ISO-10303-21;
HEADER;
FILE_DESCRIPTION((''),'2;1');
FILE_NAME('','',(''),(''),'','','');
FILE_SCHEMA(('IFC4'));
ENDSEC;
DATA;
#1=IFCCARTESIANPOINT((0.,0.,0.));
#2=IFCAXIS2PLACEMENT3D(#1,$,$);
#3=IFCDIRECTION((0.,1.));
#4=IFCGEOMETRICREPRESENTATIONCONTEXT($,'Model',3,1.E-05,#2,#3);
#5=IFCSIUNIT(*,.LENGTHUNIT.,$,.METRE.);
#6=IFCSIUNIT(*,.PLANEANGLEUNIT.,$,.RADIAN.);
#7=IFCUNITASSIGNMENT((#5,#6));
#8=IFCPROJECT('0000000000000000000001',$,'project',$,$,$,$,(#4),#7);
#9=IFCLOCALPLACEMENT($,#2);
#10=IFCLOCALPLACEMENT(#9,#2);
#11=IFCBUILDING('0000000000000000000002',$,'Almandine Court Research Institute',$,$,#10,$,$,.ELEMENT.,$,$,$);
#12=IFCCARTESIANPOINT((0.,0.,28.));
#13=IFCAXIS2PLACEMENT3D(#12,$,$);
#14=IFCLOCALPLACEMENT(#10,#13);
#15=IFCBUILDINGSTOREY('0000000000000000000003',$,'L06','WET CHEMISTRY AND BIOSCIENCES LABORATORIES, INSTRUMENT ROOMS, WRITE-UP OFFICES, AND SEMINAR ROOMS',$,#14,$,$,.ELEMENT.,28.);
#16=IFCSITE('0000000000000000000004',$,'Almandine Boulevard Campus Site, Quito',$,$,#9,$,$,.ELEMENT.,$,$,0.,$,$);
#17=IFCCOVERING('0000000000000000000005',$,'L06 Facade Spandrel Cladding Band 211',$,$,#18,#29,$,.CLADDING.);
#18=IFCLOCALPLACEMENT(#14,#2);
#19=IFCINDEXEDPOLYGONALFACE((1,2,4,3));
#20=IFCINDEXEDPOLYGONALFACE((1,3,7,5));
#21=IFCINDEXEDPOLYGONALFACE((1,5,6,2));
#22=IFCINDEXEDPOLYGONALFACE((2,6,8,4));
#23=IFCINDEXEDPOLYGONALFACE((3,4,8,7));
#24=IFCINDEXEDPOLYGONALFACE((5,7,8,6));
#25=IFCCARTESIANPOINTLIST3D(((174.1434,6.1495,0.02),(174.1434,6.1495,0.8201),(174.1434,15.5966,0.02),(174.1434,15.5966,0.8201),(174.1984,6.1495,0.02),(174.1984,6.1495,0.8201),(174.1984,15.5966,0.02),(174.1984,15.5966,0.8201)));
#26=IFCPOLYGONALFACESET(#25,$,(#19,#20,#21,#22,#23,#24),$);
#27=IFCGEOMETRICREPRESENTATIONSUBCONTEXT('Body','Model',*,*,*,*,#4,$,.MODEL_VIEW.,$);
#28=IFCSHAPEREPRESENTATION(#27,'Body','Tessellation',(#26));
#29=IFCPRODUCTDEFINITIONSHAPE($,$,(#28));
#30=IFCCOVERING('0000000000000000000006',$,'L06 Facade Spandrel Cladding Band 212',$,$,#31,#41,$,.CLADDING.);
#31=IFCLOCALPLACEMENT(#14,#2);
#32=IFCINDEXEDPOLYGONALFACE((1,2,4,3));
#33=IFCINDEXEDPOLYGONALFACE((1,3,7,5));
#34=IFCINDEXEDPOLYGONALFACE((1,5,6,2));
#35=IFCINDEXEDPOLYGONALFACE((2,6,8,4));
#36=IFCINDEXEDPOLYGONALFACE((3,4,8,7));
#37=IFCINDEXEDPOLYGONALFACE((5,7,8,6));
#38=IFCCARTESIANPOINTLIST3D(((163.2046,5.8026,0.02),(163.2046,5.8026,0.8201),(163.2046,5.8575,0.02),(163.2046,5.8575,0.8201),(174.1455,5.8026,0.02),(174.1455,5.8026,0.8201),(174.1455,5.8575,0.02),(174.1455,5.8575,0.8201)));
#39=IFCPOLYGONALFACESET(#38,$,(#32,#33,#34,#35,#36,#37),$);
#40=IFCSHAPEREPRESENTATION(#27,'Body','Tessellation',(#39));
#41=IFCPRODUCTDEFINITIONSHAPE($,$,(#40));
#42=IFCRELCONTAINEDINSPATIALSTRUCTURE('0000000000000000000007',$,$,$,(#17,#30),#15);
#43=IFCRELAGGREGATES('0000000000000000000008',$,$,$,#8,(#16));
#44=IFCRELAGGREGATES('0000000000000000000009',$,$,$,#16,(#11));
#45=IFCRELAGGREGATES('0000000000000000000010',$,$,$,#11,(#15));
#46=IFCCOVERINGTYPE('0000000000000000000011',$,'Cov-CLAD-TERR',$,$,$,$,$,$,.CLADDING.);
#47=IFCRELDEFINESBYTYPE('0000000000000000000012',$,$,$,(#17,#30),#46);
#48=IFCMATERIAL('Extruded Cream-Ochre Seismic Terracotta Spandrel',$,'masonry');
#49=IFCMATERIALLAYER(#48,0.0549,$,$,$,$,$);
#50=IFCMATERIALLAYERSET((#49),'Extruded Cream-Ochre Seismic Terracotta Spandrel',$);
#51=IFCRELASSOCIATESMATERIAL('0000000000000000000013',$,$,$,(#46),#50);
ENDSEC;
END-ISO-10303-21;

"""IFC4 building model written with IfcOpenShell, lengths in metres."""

from ifc_helpers import new_model, si_unit, direction, frame, origin, origin_2d, place, context, subcontext, project, spatial, rectangle, extrude, material, layer, layer_set, type_object, element, save


model = new_model("IFC4")

# Units and contexts
model_context = context("Model", 3, precision=1e-05, world=origin(), true_north=direction((0.0, 1.0)))
body_context = subcontext(model_context, "Body", "Model", "MODEL_VIEW")
ifc_project = project(units=[si_unit("LENGTHUNIT", "METRE"), si_unit("PLANEANGLEUNIT", "RADIAN")], contexts=[model_context])

# Site, building, storey
site_placement = place(None, origin())
site = spatial("IfcSite", under=ifc_project, at=site_placement, Name="Almandine Boulevard Campus Site, Quito", CompositionType="ELEMENT", RefElevation=0.0)
building_placement = place(site_placement, origin())
building = spatial("IfcBuilding", under=site, at=building_placement, Name="Almandine Court Research Institute", CompositionType="ELEMENT")
storey_placement = place(building_placement, frame((0.0, 0.0, 28.0)))
storey = spatial("IfcBuildingStorey", under=building, at=storey_placement, Name="L06", Description="WET CHEMISTRY AND BIOSCIENCES LABORATORIES, INSTRUMENT ROOMS, WRITE-UP OFFICES, AND SEMINAR ROOMS", CompositionType="ELEMENT", Elevation=28.0)

# Coverings
ifc_material_1 = material(Name="Extruded Cream-Ochre Seismic Terracotta Spandrel", Category="masonry")
ifc_layer_1 = layer(ifc_material_1, 0.0549)
ifc_layer_set_1 = layer_set([ifc_layer_1], Name="Extruded Cream-Ochre Seismic Terracotta Spandrel")
covering_type = type_object("IfcCoveringType", Name="Cov-CLAD-TERR", PredefinedType="CLADDING", material=ifc_layer_set_1)
covering_1_placement = place(storey_placement, frame((174.1709, 10.873, 0.02), z_axis=(0.0, 0.0, 1.0), x_axis=(0.0, -1.0, 0.0)))
element("IfcCovering", 1, at=covering_1_placement, inside=storey, type_object=covering_type, Name="L06 Facade Spandrel Cladding Band 211", PredefinedType="CLADDING", context=body_context, shape_type="SweptSolid", body=[
    extrude(rectangle(XDim=9.447, YDim=0.0549, at=origin_2d()), origin(), (0.0, 0.0, 1.0), 0.8),
])
covering_2_placement = place(storey_placement, frame((168.675, 5.8301, 0.02), z_axis=(0.0, 0.0, 1.0), x_axis=(-1.0, 0.0, 0.0)))
element("IfcCovering", 2, at=covering_2_placement, inside=storey, type_object=covering_type, Name="L06 Facade Spandrel Cladding Band 212", PredefinedType="CLADDING", context=body_context, shape_type="SweptSolid", body=[
    extrude(rectangle(XDim=10.9409, YDim=0.0549, at=origin_2d()), origin(), (0.0, 0.0, 1.0), 0.8),
])

save(model, "model.ifc")
